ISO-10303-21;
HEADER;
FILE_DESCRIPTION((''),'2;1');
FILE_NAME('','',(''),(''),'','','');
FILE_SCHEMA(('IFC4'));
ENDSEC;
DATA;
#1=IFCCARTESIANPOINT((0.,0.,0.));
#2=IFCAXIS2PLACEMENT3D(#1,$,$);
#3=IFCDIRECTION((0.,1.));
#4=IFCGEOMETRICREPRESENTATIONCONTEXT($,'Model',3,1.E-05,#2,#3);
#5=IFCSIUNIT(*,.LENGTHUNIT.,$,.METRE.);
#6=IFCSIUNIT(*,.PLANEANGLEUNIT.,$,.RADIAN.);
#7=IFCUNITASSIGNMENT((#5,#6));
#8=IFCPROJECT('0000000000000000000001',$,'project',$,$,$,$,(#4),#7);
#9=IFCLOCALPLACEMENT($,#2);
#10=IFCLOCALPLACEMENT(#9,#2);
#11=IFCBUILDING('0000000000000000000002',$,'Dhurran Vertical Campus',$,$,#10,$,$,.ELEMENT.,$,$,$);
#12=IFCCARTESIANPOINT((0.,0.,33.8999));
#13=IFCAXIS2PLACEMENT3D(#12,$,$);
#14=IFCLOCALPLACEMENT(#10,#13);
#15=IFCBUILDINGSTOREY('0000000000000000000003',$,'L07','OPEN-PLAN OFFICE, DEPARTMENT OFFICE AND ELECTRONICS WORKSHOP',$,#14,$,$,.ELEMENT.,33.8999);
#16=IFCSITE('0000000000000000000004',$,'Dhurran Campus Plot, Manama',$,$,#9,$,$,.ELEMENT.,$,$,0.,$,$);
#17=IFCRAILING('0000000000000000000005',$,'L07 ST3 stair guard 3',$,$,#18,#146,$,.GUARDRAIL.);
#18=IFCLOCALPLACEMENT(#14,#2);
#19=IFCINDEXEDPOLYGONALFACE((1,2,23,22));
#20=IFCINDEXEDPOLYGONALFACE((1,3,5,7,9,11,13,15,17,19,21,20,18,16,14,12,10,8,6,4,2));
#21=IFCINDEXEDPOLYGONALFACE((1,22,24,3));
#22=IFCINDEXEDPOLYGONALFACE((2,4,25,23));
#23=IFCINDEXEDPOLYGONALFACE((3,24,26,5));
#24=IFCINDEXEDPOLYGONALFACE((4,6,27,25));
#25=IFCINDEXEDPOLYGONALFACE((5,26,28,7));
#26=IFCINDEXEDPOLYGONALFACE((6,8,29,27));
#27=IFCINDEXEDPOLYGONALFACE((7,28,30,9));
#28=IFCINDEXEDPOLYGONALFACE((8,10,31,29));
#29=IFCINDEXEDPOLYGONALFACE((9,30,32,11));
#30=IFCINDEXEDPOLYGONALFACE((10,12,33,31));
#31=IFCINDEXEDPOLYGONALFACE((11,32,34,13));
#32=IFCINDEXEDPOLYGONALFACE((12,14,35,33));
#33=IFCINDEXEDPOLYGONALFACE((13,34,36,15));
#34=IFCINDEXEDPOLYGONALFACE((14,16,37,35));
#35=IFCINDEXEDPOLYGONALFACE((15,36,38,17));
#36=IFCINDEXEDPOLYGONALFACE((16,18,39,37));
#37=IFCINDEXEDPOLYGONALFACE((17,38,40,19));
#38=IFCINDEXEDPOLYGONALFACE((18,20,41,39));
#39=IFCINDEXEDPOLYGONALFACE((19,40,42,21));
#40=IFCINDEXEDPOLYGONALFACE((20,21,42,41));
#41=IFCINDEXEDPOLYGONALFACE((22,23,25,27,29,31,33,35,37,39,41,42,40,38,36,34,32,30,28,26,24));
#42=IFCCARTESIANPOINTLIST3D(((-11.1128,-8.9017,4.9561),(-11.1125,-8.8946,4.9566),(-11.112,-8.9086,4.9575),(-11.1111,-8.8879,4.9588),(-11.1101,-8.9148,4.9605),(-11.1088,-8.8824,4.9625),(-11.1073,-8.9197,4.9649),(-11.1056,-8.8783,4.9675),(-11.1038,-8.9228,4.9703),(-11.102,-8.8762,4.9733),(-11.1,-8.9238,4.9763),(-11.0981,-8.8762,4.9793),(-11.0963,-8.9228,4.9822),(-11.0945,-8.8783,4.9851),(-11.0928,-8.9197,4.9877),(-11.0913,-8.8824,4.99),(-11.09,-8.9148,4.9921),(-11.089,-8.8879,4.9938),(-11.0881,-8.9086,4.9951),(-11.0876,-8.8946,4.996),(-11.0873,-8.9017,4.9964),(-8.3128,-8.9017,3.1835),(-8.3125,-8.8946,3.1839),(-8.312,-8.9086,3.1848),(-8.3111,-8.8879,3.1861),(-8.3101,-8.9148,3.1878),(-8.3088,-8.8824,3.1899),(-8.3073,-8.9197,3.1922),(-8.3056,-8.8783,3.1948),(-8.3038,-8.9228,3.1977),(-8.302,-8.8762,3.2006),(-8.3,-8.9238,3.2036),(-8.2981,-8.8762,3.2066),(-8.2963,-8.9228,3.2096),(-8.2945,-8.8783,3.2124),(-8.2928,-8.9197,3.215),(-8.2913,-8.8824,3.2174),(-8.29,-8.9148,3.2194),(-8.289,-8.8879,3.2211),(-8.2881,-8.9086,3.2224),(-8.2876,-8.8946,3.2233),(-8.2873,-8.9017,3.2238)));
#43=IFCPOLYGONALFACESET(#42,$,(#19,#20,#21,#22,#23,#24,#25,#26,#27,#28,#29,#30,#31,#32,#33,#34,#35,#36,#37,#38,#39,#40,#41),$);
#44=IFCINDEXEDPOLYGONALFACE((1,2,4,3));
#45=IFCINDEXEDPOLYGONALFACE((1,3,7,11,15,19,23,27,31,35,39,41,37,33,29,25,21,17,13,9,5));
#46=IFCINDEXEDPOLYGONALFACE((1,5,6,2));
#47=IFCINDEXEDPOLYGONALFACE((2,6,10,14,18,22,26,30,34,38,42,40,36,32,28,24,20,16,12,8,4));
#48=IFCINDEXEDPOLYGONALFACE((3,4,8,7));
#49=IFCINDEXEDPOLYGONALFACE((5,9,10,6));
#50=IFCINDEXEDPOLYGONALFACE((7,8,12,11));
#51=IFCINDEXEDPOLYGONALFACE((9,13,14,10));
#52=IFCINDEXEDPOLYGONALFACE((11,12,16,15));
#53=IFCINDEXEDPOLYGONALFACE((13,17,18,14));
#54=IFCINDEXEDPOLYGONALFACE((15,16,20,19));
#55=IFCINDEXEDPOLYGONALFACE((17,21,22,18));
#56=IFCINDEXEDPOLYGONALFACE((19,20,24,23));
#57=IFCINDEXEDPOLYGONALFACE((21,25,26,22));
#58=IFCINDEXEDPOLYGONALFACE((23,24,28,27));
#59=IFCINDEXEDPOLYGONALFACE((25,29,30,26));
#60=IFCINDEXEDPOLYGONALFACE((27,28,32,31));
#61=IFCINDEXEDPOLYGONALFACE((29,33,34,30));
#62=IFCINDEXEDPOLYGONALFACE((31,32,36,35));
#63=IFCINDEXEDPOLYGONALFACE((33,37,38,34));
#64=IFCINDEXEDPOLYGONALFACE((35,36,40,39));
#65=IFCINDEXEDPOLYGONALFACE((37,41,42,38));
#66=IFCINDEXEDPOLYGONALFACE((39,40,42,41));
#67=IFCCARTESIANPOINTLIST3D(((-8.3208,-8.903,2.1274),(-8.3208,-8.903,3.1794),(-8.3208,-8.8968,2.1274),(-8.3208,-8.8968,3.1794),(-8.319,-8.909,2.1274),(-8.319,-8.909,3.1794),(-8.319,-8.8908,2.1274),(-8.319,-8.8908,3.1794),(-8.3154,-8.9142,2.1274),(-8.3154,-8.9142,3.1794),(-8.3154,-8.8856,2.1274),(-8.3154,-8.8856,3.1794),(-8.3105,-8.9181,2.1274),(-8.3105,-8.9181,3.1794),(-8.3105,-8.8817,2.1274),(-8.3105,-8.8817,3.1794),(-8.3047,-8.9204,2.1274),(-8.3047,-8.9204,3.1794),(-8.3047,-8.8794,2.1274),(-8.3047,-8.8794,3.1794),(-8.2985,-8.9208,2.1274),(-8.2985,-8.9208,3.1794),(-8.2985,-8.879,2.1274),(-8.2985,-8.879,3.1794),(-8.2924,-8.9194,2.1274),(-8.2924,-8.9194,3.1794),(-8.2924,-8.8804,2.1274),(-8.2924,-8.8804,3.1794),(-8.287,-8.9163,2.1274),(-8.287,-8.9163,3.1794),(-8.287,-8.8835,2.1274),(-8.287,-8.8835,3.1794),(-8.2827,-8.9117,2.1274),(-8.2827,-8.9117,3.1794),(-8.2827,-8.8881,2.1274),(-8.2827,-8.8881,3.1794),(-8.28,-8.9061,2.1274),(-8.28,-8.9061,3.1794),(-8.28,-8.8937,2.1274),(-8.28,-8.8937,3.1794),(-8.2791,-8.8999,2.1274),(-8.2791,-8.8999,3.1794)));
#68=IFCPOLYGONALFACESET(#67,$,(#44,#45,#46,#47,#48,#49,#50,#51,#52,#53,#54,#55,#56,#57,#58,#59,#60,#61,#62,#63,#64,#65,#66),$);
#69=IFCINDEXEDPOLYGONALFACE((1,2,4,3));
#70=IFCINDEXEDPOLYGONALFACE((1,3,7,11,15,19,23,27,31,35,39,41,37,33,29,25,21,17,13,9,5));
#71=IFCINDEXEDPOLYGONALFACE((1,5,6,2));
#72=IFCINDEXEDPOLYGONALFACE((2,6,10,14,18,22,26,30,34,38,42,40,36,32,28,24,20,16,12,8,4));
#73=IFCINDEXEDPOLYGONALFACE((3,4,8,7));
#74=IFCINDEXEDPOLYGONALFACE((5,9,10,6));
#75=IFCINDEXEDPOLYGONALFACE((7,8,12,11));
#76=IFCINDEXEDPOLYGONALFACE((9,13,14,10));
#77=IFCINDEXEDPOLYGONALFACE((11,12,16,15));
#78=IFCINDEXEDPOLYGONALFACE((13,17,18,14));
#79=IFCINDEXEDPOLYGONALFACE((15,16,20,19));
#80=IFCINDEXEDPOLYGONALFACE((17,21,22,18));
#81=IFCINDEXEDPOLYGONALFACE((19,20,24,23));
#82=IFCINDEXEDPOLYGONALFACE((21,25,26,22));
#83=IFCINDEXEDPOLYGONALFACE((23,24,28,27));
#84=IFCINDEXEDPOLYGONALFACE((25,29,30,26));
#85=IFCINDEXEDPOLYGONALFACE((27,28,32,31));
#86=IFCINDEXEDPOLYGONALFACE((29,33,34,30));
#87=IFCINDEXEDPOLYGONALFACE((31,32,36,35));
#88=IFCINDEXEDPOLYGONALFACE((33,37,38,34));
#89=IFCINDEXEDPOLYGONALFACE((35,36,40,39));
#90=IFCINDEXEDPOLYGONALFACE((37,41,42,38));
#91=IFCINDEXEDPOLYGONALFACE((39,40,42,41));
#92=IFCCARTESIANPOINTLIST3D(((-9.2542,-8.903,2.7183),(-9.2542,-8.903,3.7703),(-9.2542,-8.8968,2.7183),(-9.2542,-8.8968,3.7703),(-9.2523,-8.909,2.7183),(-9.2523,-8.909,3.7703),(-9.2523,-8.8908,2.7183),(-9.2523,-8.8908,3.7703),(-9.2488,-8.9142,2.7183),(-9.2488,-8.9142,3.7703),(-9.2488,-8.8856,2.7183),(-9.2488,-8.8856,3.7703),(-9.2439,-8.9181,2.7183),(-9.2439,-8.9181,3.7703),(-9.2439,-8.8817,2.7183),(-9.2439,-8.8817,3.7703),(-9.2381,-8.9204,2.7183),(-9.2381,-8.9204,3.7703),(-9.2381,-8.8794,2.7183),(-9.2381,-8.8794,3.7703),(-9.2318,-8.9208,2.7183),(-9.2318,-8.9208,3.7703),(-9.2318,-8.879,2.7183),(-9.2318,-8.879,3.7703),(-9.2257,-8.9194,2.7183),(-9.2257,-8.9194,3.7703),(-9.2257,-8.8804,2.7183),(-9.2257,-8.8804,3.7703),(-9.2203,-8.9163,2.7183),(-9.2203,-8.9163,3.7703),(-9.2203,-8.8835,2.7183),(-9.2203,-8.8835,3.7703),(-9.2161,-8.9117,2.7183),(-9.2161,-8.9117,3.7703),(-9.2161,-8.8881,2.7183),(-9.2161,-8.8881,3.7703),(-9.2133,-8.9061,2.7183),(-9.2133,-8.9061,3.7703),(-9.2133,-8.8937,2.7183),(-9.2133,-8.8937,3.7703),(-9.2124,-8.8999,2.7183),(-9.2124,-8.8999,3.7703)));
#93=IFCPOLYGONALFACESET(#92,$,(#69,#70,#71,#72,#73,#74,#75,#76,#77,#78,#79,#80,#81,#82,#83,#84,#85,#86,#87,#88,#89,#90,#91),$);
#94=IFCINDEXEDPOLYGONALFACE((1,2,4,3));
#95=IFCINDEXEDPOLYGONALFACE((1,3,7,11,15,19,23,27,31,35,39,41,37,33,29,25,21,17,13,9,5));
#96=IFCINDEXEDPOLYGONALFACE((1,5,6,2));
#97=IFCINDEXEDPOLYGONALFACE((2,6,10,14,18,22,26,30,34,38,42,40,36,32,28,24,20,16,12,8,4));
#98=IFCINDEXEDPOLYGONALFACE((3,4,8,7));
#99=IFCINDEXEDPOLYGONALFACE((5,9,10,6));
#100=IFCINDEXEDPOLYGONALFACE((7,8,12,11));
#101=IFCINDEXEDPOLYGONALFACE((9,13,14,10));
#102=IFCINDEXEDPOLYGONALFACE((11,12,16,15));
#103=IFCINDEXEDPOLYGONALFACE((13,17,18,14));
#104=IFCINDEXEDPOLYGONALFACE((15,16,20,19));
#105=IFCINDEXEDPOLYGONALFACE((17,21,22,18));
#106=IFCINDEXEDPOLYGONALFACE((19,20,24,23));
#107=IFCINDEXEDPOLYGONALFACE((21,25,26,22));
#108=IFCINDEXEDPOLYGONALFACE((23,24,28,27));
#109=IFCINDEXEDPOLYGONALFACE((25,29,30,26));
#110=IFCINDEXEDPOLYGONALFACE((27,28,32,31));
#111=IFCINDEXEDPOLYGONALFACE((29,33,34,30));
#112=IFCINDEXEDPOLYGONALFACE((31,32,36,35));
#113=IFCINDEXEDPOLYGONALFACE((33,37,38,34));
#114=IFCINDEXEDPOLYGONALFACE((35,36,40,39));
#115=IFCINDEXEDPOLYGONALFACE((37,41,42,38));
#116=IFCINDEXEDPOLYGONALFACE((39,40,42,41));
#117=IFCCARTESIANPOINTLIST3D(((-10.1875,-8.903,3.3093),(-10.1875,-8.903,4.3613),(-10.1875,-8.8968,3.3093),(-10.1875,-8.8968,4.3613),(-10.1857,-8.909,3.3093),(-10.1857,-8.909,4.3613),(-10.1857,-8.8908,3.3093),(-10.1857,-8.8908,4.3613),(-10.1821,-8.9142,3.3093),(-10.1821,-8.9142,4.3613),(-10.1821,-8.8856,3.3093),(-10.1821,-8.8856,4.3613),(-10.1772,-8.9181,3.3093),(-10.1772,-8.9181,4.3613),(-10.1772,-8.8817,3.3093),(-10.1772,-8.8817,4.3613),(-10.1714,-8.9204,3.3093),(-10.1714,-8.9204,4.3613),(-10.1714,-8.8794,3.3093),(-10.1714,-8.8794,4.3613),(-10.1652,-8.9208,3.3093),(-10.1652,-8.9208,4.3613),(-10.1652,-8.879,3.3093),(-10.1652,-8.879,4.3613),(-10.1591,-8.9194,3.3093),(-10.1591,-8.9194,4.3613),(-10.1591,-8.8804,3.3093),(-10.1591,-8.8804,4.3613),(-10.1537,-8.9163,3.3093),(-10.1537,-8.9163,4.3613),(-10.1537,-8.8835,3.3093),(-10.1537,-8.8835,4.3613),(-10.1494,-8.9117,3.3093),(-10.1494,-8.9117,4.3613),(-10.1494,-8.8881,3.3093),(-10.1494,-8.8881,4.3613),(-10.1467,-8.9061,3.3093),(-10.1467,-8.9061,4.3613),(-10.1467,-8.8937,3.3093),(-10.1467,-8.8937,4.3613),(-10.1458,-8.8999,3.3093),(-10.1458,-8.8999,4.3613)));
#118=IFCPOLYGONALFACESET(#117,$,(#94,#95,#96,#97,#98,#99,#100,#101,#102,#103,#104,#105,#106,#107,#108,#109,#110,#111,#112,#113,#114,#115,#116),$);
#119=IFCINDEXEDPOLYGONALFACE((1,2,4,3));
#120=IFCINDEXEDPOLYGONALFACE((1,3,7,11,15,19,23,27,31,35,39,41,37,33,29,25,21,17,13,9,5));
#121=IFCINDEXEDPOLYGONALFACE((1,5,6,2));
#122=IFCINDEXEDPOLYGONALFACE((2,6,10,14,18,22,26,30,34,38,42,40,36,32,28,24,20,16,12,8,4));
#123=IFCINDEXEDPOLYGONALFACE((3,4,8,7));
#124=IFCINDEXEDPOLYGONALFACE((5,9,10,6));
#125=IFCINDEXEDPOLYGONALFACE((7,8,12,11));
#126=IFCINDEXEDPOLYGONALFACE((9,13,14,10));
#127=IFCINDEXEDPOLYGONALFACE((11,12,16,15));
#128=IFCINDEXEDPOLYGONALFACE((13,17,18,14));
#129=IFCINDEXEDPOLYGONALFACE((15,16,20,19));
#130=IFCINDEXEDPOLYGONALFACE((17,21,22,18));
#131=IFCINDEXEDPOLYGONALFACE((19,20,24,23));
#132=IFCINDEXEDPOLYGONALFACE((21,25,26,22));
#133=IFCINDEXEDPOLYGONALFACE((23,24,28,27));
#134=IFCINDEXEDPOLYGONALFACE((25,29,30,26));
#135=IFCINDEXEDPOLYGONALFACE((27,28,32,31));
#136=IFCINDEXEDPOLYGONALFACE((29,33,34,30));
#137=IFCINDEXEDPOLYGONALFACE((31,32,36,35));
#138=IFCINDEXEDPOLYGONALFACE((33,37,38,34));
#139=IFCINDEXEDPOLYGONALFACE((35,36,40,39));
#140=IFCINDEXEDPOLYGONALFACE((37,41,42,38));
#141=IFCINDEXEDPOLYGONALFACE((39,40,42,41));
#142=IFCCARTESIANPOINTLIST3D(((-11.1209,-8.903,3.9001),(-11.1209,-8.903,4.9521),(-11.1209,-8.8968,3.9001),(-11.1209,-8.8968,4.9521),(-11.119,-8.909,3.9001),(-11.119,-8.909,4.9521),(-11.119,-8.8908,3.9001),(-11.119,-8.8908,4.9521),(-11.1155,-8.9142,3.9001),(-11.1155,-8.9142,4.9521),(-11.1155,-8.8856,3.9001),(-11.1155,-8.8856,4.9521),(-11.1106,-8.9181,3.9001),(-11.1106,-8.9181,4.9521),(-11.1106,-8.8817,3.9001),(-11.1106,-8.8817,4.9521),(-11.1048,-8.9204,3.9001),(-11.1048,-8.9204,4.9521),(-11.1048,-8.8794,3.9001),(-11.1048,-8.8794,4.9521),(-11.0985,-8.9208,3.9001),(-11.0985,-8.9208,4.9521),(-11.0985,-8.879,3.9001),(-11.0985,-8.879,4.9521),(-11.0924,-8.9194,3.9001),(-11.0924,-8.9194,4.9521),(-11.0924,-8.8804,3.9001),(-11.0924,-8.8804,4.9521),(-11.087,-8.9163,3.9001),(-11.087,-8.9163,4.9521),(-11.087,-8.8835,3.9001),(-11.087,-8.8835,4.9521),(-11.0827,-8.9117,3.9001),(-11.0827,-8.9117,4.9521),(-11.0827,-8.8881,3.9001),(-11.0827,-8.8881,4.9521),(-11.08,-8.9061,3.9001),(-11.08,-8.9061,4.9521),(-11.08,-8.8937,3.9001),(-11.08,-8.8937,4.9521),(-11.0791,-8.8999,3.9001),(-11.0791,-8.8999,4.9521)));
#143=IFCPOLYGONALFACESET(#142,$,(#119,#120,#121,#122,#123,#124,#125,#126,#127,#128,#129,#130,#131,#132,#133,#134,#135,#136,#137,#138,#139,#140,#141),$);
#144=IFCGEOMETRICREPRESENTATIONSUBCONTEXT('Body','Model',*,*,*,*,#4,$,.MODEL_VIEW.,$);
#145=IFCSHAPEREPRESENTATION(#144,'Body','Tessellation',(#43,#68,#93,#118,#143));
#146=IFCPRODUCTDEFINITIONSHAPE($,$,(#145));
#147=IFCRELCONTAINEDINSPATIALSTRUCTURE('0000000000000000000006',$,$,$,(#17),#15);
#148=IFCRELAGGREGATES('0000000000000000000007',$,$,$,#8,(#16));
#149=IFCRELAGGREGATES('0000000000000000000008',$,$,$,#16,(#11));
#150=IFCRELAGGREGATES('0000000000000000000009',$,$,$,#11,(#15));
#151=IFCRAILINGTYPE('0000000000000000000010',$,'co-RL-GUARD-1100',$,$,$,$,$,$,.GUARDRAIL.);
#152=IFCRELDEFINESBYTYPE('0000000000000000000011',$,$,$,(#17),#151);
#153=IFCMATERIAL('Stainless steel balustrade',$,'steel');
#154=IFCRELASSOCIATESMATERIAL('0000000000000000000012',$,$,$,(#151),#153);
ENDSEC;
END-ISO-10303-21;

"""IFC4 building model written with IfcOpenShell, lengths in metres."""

from ifc_helpers import new_model, si_unit, direction, frame, origin, origin_2d, place, context, subcontext, project, spatial, circle, extrude, material, type_object, element, save


model = new_model("IFC4")

# Units and contexts
model_context = context("Model", 3, precision=1e-05, world=origin(), true_north=direction((0.0, 1.0)))
body_context = subcontext(model_context, "Body", "Model", "MODEL_VIEW")
ifc_project = project(units=[si_unit("LENGTHUNIT", "METRE"), si_unit("PLANEANGLEUNIT", "RADIAN")], contexts=[model_context])

# Site, building, storey
site_placement = place(None, origin())
site = spatial("IfcSite", under=ifc_project, at=site_placement, Name="Dhurran Campus Plot, Manama", CompositionType="ELEMENT", RefElevation=0.0)
building_placement = place(site_placement, origin())
building = spatial("IfcBuilding", under=site, at=building_placement, Name="Dhurran Vertical Campus", CompositionType="ELEMENT")
storey_placement = place(building_placement, frame((0.0, 0.0, 33.8999)))
storey = spatial("IfcBuildingStorey", under=building, at=storey_placement, Name="L07", Description="OPEN-PLAN OFFICE, DEPARTMENT OFFICE AND ELECTRONICS WORKSHOP", CompositionType="ELEMENT", Elevation=33.8999)

# Railing
ifc_material_1 = material(Name="Stainless steel balustrade", Category="steel")
railing_type_1 = type_object("IfcRailingType", Name="co-RL-GUARD-1100", PredefinedType="GUARDRAIL", material=ifc_material_1)
railing_1_placement = place(storey_placement, frame((-8.3, -8.8999, 2.1274)))
element("IfcRailing", 1, at=railing_1_placement, inside=storey, type_object=railing_type_1, Name="L07 ST3 stair guard 3", PredefinedType="GUARDRAIL", context=body_context, shape_type="SweptSolid", body=[
    extrude(circle(Radius=0.0239, at=origin_2d()), frame((0.0, 0.0, 1.0762), z_axis=(-0.844909, 0.0, 0.53491), x_axis=(0.0, -1.0, 0.0)), (0.0, 0.0, 1.0), 3.314),
    extrude(circle(Radius=0.021, at=origin_2d()), origin(), (0.0, 0.0, 1.0), 1.052),
    extrude(circle(Radius=0.021, at=origin_2d()), frame((-0.9333, 0.0, 0.5908)), (0.0, 0.0, 1.0), 1.052),
    extrude(circle(Radius=0.021, at=origin_2d()), frame((-1.8667, 0.0, 1.1819)), (0.0, 0.0, 1.0), 1.052),
    extrude(circle(Radius=0.021, at=origin_2d()), frame((-2.8, 0.0, 1.7727)), (0.0, 0.0, 1.0), 1.052),
])

save(model, "model.ifc")
